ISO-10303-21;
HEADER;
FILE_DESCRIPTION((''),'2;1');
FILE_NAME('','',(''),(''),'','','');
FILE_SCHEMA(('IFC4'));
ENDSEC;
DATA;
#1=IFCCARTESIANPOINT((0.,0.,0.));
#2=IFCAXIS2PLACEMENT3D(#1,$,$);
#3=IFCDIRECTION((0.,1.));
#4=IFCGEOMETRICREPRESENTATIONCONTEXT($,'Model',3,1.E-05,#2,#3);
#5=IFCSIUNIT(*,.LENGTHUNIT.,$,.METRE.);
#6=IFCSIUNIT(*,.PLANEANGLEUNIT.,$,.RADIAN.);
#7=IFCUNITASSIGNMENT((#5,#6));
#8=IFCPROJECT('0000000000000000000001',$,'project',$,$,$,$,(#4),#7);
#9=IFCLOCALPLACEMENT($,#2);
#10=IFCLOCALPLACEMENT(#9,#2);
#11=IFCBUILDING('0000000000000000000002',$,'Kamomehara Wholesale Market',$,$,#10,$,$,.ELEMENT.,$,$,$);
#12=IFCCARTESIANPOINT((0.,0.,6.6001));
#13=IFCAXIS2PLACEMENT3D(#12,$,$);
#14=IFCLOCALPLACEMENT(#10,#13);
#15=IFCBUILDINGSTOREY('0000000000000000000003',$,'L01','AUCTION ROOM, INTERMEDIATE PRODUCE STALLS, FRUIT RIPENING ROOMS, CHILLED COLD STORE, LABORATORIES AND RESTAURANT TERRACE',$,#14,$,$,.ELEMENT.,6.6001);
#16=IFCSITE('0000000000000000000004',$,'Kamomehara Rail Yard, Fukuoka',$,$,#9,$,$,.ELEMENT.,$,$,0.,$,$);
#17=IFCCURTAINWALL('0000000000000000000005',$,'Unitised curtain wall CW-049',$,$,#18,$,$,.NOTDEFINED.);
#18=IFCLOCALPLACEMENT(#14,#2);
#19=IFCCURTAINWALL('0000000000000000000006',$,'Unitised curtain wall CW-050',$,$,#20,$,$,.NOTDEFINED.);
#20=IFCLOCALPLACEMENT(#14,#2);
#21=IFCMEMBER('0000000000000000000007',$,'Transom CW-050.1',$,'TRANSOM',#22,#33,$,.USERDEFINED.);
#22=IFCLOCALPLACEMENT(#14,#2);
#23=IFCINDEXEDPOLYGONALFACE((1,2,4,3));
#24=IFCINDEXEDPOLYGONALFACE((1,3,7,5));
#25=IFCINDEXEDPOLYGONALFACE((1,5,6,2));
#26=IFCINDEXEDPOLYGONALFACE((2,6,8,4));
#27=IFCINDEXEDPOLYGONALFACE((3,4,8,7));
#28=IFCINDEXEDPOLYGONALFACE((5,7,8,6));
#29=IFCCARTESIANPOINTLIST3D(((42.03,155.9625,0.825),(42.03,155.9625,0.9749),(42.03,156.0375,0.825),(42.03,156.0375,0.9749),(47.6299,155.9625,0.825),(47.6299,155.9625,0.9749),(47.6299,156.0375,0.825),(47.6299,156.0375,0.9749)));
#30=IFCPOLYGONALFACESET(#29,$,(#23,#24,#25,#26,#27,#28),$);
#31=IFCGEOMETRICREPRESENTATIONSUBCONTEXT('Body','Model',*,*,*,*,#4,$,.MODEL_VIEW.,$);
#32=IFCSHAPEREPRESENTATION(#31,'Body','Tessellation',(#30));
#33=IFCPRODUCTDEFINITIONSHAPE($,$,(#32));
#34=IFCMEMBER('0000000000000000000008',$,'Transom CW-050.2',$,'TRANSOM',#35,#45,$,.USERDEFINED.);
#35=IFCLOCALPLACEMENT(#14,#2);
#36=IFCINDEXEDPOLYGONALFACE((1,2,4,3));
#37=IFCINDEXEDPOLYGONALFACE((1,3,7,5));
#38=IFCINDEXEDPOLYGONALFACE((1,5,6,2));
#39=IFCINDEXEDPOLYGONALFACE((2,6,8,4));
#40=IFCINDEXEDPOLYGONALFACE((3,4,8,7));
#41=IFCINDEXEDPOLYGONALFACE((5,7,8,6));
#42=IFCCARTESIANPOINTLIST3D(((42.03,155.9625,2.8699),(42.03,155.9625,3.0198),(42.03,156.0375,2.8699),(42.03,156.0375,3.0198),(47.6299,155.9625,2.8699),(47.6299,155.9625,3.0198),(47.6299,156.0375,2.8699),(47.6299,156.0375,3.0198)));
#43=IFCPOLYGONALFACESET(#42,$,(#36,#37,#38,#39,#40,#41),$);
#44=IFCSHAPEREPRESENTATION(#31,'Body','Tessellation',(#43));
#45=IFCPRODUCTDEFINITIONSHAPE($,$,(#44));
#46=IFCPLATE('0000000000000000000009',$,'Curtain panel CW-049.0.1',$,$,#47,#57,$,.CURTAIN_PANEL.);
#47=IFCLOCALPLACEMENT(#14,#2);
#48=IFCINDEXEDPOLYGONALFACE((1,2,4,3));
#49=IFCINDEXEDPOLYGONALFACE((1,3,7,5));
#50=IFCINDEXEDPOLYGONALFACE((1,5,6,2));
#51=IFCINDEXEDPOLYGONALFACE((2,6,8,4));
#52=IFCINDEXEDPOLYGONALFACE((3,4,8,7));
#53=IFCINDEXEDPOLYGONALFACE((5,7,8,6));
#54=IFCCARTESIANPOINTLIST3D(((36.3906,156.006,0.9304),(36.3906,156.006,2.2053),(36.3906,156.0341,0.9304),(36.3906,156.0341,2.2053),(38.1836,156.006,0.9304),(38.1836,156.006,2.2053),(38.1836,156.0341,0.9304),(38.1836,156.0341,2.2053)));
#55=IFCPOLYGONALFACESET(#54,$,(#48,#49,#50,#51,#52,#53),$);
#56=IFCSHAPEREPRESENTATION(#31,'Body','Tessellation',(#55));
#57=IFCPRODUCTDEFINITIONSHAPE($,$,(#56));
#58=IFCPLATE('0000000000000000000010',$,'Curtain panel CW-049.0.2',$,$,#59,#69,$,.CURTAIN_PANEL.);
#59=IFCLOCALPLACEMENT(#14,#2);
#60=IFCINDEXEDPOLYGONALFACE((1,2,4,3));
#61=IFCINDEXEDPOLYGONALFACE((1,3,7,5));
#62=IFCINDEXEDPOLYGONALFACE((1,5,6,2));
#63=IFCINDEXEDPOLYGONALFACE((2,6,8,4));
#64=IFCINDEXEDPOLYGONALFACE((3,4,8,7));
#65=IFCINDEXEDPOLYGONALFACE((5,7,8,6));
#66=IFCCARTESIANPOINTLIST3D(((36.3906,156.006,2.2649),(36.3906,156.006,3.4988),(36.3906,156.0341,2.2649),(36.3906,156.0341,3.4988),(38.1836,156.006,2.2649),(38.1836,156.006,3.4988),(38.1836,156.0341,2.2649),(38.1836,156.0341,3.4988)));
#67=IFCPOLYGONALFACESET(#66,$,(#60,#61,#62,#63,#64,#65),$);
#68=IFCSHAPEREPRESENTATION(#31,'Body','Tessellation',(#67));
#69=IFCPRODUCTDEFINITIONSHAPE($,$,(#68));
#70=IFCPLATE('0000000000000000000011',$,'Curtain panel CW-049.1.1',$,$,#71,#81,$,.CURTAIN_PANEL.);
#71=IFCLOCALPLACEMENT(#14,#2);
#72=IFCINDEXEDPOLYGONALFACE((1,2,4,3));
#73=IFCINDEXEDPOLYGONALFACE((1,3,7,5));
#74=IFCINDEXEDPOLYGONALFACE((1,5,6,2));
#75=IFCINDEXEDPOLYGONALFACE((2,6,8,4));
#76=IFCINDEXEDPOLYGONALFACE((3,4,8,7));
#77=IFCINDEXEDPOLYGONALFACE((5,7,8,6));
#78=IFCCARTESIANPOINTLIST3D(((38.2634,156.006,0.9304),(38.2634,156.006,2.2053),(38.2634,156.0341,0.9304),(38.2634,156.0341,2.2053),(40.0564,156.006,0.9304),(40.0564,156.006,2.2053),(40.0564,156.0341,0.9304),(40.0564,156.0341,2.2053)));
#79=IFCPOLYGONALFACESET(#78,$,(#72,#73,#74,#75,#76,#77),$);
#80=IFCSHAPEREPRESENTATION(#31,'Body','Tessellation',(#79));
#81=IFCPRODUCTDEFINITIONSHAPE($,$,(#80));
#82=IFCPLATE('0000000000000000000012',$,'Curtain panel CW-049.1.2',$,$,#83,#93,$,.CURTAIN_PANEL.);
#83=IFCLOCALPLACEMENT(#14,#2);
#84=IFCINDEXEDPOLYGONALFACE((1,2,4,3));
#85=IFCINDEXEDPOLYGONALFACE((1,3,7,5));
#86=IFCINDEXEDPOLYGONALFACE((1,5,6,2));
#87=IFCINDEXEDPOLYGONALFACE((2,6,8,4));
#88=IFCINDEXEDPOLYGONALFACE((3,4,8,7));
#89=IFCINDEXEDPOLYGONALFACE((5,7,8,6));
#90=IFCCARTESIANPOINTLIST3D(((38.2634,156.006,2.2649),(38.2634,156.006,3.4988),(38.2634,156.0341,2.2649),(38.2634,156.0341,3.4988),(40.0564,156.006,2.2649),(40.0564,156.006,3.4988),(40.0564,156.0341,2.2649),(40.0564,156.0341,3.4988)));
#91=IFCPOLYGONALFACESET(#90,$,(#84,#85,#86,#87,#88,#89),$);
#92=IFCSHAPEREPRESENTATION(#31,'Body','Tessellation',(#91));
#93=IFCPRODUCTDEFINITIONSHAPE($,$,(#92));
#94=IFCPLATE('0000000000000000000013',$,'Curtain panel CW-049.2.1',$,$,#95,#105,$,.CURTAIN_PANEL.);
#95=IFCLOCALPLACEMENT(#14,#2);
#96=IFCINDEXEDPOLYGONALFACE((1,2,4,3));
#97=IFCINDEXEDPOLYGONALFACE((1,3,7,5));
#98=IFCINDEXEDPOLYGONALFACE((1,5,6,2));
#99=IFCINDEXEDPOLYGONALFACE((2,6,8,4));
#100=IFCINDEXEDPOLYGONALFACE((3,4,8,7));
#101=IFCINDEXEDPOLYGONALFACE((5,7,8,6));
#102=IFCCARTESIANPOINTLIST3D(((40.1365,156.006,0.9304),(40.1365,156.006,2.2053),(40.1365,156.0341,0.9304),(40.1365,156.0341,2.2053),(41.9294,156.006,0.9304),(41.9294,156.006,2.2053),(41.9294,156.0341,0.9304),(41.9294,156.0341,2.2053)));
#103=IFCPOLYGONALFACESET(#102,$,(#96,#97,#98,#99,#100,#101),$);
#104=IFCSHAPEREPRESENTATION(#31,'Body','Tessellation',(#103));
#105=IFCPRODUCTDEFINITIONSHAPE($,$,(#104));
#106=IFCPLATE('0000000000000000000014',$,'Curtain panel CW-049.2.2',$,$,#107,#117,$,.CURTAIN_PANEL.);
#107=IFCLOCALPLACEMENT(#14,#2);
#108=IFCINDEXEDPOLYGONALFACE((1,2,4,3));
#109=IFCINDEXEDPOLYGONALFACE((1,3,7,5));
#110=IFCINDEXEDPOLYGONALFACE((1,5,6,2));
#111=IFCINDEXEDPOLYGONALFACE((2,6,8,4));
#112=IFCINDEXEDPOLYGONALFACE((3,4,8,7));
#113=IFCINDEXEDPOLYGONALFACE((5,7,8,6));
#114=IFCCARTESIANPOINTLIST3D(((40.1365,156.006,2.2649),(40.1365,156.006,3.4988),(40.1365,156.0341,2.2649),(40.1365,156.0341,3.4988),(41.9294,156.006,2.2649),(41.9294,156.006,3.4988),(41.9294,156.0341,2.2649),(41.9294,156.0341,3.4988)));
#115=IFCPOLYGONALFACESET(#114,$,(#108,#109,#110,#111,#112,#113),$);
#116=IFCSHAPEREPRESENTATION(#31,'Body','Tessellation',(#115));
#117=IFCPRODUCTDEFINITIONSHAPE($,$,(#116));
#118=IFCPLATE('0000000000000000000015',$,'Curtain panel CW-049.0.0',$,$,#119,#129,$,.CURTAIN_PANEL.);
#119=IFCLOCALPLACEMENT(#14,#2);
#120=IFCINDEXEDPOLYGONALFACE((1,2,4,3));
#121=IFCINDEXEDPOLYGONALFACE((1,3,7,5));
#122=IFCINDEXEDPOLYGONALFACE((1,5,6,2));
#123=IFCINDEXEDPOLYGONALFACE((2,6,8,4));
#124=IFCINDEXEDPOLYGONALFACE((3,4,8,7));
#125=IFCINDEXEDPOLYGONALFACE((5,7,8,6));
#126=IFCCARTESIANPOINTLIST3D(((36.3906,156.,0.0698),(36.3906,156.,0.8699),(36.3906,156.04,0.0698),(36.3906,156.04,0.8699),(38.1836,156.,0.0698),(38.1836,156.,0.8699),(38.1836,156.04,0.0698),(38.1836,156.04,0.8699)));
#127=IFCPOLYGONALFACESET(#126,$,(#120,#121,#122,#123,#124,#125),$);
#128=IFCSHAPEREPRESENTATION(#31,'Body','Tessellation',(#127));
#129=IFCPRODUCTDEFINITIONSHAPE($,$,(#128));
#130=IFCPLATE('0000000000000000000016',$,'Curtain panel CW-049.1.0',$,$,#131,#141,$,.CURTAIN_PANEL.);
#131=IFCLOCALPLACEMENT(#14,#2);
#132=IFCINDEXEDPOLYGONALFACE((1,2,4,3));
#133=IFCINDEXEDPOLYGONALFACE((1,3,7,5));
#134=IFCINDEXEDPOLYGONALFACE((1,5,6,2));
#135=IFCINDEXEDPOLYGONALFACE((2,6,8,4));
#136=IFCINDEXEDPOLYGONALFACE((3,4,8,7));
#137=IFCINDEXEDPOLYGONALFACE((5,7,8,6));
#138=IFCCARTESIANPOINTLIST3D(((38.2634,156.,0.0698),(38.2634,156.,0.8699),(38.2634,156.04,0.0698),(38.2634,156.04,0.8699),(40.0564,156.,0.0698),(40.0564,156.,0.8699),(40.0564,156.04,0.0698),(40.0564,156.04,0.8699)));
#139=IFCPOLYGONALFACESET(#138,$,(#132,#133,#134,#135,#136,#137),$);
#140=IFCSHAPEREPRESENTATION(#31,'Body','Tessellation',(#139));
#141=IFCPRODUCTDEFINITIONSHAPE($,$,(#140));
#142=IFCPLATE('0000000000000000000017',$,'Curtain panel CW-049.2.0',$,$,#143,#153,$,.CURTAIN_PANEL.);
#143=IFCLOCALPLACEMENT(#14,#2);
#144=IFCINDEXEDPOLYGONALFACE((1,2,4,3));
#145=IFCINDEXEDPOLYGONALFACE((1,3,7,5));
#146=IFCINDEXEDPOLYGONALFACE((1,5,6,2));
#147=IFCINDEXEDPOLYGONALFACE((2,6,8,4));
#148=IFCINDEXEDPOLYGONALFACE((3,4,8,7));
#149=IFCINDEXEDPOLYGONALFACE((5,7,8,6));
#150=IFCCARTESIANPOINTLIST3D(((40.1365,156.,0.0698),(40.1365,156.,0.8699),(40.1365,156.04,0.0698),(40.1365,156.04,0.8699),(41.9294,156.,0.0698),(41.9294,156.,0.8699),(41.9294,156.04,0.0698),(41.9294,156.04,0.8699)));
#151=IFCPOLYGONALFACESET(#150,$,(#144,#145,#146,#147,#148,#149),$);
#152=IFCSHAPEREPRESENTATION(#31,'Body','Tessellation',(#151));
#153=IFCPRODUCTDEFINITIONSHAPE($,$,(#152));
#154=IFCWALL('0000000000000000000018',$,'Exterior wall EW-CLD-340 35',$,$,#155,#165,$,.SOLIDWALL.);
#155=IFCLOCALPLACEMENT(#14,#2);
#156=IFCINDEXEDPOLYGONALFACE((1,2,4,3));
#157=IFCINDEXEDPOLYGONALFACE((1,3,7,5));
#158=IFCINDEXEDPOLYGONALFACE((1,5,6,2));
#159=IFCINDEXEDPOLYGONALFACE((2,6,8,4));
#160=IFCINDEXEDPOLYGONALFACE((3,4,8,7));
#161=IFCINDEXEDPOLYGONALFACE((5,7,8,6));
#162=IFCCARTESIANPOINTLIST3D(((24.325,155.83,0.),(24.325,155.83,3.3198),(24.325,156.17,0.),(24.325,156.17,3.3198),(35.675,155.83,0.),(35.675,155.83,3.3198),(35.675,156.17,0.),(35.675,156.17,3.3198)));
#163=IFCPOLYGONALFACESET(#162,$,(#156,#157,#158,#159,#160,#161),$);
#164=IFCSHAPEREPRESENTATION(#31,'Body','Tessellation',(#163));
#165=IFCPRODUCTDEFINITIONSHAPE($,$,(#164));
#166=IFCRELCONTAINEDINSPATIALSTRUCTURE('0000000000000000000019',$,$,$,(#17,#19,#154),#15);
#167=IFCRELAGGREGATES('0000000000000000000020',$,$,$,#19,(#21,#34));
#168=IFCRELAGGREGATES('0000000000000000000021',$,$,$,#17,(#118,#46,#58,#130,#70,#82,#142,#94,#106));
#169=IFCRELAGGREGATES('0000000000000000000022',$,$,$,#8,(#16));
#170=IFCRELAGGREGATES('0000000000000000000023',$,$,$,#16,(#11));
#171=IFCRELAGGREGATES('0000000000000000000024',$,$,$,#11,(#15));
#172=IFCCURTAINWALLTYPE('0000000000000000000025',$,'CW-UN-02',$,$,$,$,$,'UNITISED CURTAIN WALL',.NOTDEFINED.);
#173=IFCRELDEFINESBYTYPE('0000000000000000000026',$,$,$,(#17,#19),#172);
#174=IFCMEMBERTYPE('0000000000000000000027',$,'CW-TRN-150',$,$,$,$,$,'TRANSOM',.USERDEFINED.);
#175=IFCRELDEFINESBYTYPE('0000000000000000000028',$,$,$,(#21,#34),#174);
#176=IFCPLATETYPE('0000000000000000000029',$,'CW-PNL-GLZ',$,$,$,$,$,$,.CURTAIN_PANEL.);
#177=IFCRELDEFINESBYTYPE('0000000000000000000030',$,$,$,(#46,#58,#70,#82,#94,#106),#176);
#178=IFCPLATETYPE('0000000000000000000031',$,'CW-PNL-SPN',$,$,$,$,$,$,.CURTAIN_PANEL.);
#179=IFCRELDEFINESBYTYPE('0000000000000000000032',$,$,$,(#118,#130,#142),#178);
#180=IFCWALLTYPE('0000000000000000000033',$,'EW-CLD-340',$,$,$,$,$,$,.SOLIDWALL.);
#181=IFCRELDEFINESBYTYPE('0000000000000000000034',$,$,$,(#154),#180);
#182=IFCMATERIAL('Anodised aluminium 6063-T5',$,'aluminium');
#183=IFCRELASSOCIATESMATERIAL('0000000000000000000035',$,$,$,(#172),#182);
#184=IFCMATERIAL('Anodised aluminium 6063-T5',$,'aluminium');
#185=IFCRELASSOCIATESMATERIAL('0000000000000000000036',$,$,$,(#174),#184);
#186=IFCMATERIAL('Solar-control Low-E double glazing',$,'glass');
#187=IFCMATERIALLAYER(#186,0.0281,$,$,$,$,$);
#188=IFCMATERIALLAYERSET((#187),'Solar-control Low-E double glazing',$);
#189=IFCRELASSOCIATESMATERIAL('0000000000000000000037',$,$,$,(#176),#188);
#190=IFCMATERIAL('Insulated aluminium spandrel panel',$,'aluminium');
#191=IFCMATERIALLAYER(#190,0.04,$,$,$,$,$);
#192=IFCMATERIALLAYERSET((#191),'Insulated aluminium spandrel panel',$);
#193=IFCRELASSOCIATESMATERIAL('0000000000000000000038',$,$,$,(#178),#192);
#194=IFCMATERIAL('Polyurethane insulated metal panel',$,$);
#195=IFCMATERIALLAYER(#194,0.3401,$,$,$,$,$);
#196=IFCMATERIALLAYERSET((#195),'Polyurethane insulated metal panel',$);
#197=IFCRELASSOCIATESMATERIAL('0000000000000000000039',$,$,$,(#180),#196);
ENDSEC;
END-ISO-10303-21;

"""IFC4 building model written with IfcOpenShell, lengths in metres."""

from ifc_helpers import new_model, si_unit, direction, frame, frame_2d, origin, origin_2d, place, context, subcontext, project, spatial, rectangle, extrude, material, layer, layer_set, material_profile, profile_set, type_object, element, aggregate, save


model = new_model("IFC4")

# Units and contexts
model_context = context("Model", 3, precision=1e-05, world=origin(), true_north=direction((0.0, 1.0)))
body_context = subcontext(model_context, "Body", "Model", "MODEL_VIEW")
ifc_project = project(units=[si_unit("LENGTHUNIT", "METRE"), si_unit("PLANEANGLEUNIT", "RADIAN")], contexts=[model_context])

# Site, building, storey
site_placement = place(None, origin())
site = spatial("IfcSite", under=ifc_project, at=site_placement, Name="Kamomehara Rail Yard, Fukuoka", CompositionType="ELEMENT", RefElevation=0.0)
building_placement = place(site_placement, origin())
building = spatial("IfcBuilding", under=site, at=building_placement, Name="Kamomehara Wholesale Market", CompositionType="ELEMENT")
storey_placement = place(building_placement, frame((0.0, 0.0, 6.6001)))
storey = spatial("IfcBuildingStorey", under=building, at=storey_placement, Name="L01", Description="AUCTION ROOM, INTERMEDIATE PRODUCE STALLS, FRUIT RIPENING ROOMS, CHILLED COLD STORE, LABORATORIES AND RESTAURANT TERRACE", CompositionType="ELEMENT", Elevation=6.6001)

# Curtain wall
ifc_material_1 = material(Name="Anodised aluminium 6063-T5", Category="aluminium")
curtain_wall_type = type_object("IfcCurtainWallType", Name="CW-UN-02", ElementType="UNITISED CURTAIN WALL", PredefinedType="NOTDEFINED", material=ifc_material_1)
curtain_wall_1_placement = place(storey_placement, origin())
curtain_wall_1 = element("IfcCurtainWall", 1, at=curtain_wall_1_placement, inside=storey, type_object=curtain_wall_type, Name="Unitised curtain wall CW-049", PredefinedType="NOTDEFINED")

# Curtain wall
curtain_wall_2_placement = place(storey_placement, origin())
curtain_wall_2 = element("IfcCurtainWall", 2, at=curtain_wall_2_placement, inside=storey, type_object=curtain_wall_type, Name="Unitised curtain wall CW-050", PredefinedType="NOTDEFINED")

# Members
ifc_material_2 = material(Name="Anodised aluminium 6063-T5", Category="aluminium")
ifc_material_profile_1 = material_profile(ifc_material_2, rectangle(XDim=0.075, YDim=0.1499, at=origin_2d()), Name="ALU-TRN-75x150")
ifc_profile_set_1 = profile_set([ifc_material_profile_1], Name="Anodised aluminium 6063-T5")
member_type_1 = type_object("IfcMemberType", Name="CW-TRN-150", ElementType="TRANSOM", PredefinedType="USERDEFINED", material=ifc_profile_set_1)
member_1_placement = place(storey_placement, frame((42.03, 156.0, 0.8999), z_axis=(1.0, 0.0, 0.0), x_axis=(0.0, 1.0, 0.0)))
member_1 = element("IfcMember", 3, at=member_1_placement, type_object=member_type_1, Name="Transom CW-050.1", ObjectType="TRANSOM", PredefinedType="USERDEFINED", context=body_context, shape_type="SweptSolid", body=[
    extrude(rectangle(XDim=0.075, YDim=0.1499, at=origin_2d()), origin(), (0.0, 0.0, 1.0), 5.5999),
])
member_2_placement = place(storey_placement, frame((42.03, 156.0, 2.9448), z_axis=(1.0, 0.0, 0.0), x_axis=(0.0, 1.0, 0.0)))
member_2 = element("IfcMember", 4, at=member_2_placement, type_object=member_type_1, Name="Transom CW-050.2", ObjectType="TRANSOM", PredefinedType="USERDEFINED", context=body_context, shape_type="SweptSolid", body=[
    extrude(rectangle(XDim=0.075, YDim=0.1499, at=origin_2d()), origin(), (0.0, 0.0, 1.0), 5.5999),
])
aggregate(curtain_wall_2, [member_1, member_2])

# Plates
ifc_material_3 = material(Name="Solar-control Low-E double glazing", Category="glass")
ifc_layer_1 = layer(ifc_material_3, 0.0281)
ifc_layer_set_1 = layer_set([ifc_layer_1], Name="Solar-control Low-E double glazing")
plate_type_1 = type_object("IfcPlateType", Name="CW-PNL-GLZ", PredefinedType="CURTAIN_PANEL", material=ifc_layer_set_1)
plate_1_placement = place(storey_placement, frame((37.2871, 156.02, 0.9304), z_axis=(0.0, 0.0, 1.0), x_axis=(1.0, 0.0, 0.0)))
plate_1 = element("IfcPlate", 5, at=plate_1_placement, type_object=plate_type_1, Name="Curtain panel CW-049.0.1", PredefinedType="CURTAIN_PANEL", context=body_context, shape_type="SweptSolid", body=[
    extrude(rectangle(XDim=1.793, YDim=0.0281, at=origin_2d()), origin(), (0.0, 0.0, 1.0), 1.2749),
])
plate_2_placement = place(storey_placement, frame((37.2871, 156.02, 2.2649), z_axis=(0.0, 0.0, 1.0), x_axis=(1.0, 0.0, 0.0)))
plate_2 = element("IfcPlate", 6, at=plate_2_placement, type_object=plate_type_1, Name="Curtain panel CW-049.0.2", PredefinedType="CURTAIN_PANEL", context=body_context, shape_type="SweptSolid", body=[
    extrude(rectangle(XDim=1.793, YDim=0.0281, at=origin_2d()), origin(), (0.0, 0.0, 1.0), 1.2339),
])
plate_3_placement = place(storey_placement, frame((39.1599, 156.02, 0.9304), z_axis=(0.0, 0.0, 1.0), x_axis=(1.0, 0.0, 0.0)))
plate_3 = element("IfcPlate", 7, at=plate_3_placement, type_object=plate_type_1, Name="Curtain panel CW-049.1.1", PredefinedType="CURTAIN_PANEL", context=body_context, shape_type="SweptSolid", body=[
    extrude(rectangle(XDim=1.793, YDim=0.0281, at=origin_2d()), origin(), (0.0, 0.0, 1.0), 1.2749),
])
plate_4_placement = place(storey_placement, frame((39.1599, 156.02, 2.2649), z_axis=(0.0, 0.0, 1.0), x_axis=(1.0, 0.0, 0.0)))
plate_4 = element("IfcPlate", 8, at=plate_4_placement, type_object=plate_type_1, Name="Curtain panel CW-049.1.2", PredefinedType="CURTAIN_PANEL", context=body_context, shape_type="SweptSolid", body=[
    extrude(rectangle(XDim=1.793, YDim=0.0281, at=origin_2d()), origin(), (0.0, 0.0, 1.0), 1.2339),
])
plate_5_placement = place(storey_placement, frame((41.033, 156.02, 0.9304), z_axis=(0.0, 0.0, 1.0), x_axis=(1.0, 0.0, 0.0)))
plate_5 = element("IfcPlate", 9, at=plate_5_placement, type_object=plate_type_1, Name="Curtain panel CW-049.2.1", PredefinedType="CURTAIN_PANEL", context=body_context, shape_type="SweptSolid", body=[
    extrude(rectangle(XDim=1.793, YDim=0.0281, at=origin_2d()), origin(), (0.0, 0.0, 1.0), 1.2749),
])
plate_6_placement = place(storey_placement, frame((41.033, 156.02, 2.2649), z_axis=(0.0, 0.0, 1.0), x_axis=(1.0, 0.0, 0.0)))
plate_6 = element("IfcPlate", 10, at=plate_6_placement, type_object=plate_type_1, Name="Curtain panel CW-049.2.2", PredefinedType="CURTAIN_PANEL", context=body_context, shape_type="SweptSolid", body=[
    extrude(rectangle(XDim=1.793, YDim=0.0281, at=origin_2d()), origin(), (0.0, 0.0, 1.0), 1.2339),
])
ifc_material_4 = material(Name="Insulated aluminium spandrel panel", Category="aluminium")
ifc_layer_2 = layer(ifc_material_4, 0.04)
ifc_layer_set_2 = layer_set([ifc_layer_2], Name="Insulated aluminium spandrel panel")
plate_type_2 = type_object("IfcPlateType", Name="CW-PNL-SPN", PredefinedType="CURTAIN_PANEL", material=ifc_layer_set_2)
plate_7_placement = place(storey_placement, frame((37.2871, 156.02, 0.0698), z_axis=(0.0, 0.0, 1.0), x_axis=(1.0, 0.0, 0.0)))
plate_7 = element("IfcPlate", 11, at=plate_7_placement, type_object=plate_type_2, Name="Curtain panel CW-049.0.0", PredefinedType="CURTAIN_PANEL", context=body_context, shape_type="SweptSolid", body=[
    extrude(rectangle(XDim=1.793, YDim=0.04, at=origin_2d()), origin(), (0.0, 0.0, 1.0), 0.8),
])
plate_8_placement = place(storey_placement, frame((39.1599, 156.02, 0.0698), z_axis=(0.0, 0.0, 1.0), x_axis=(1.0, 0.0, 0.0)))
plate_8 = element("IfcPlate", 12, at=plate_8_placement, type_object=plate_type_2, Name="Curtain panel CW-049.1.0", PredefinedType="CURTAIN_PANEL", context=body_context, shape_type="SweptSolid", body=[
    extrude(rectangle(XDim=1.793, YDim=0.04, at=origin_2d()), origin(), (0.0, 0.0, 1.0), 0.8),
])
plate_9_placement = place(storey_placement, frame((41.033, 156.02, 0.0698), z_axis=(0.0, 0.0, 1.0), x_axis=(1.0, 0.0, 0.0)))
plate_9 = element("IfcPlate", 13, at=plate_9_placement, type_object=plate_type_2, Name="Curtain panel CW-049.2.0", PredefinedType="CURTAIN_PANEL", context=body_context, shape_type="SweptSolid", body=[
    extrude(rectangle(XDim=1.793, YDim=0.04, at=origin_2d()), origin(), (0.0, 0.0, 1.0), 0.8),
])
aggregate(curtain_wall_1, [plate_7, plate_1, plate_2, plate_8, plate_3, plate_4, plate_9, plate_5, plate_6])

# Wall
ifc_material_5 = material(Name="Polyurethane insulated metal panel")
ifc_layer_3 = layer(ifc_material_5, 0.3401)
ifc_layer_set_3 = layer_set([ifc_layer_3], Name="Polyurethane insulated metal panel")
wall_type = type_object("IfcWallType", Name="EW-CLD-340", PredefinedType="SOLIDWALL", material=ifc_layer_set_3)
wall_placement = place(storey_placement, frame((24.325, 156.0, 0.0), z_axis=(0.0, 0.0, 1.0), x_axis=(1.0, 0.0, 0.0)))
element("IfcWall", 14, at=wall_placement, inside=storey, type_object=wall_type, Name="Exterior wall EW-CLD-340 35", PredefinedType="SOLIDWALL", context=body_context, shape_type="SweptSolid", body=[
    extrude(rectangle(XDim=11.3501, YDim=0.3401, at=frame_2d((5.675, 0.0))), origin(), (0.0, 0.0, 1.0), 3.3198),
])

save(model, "model.ifc")
